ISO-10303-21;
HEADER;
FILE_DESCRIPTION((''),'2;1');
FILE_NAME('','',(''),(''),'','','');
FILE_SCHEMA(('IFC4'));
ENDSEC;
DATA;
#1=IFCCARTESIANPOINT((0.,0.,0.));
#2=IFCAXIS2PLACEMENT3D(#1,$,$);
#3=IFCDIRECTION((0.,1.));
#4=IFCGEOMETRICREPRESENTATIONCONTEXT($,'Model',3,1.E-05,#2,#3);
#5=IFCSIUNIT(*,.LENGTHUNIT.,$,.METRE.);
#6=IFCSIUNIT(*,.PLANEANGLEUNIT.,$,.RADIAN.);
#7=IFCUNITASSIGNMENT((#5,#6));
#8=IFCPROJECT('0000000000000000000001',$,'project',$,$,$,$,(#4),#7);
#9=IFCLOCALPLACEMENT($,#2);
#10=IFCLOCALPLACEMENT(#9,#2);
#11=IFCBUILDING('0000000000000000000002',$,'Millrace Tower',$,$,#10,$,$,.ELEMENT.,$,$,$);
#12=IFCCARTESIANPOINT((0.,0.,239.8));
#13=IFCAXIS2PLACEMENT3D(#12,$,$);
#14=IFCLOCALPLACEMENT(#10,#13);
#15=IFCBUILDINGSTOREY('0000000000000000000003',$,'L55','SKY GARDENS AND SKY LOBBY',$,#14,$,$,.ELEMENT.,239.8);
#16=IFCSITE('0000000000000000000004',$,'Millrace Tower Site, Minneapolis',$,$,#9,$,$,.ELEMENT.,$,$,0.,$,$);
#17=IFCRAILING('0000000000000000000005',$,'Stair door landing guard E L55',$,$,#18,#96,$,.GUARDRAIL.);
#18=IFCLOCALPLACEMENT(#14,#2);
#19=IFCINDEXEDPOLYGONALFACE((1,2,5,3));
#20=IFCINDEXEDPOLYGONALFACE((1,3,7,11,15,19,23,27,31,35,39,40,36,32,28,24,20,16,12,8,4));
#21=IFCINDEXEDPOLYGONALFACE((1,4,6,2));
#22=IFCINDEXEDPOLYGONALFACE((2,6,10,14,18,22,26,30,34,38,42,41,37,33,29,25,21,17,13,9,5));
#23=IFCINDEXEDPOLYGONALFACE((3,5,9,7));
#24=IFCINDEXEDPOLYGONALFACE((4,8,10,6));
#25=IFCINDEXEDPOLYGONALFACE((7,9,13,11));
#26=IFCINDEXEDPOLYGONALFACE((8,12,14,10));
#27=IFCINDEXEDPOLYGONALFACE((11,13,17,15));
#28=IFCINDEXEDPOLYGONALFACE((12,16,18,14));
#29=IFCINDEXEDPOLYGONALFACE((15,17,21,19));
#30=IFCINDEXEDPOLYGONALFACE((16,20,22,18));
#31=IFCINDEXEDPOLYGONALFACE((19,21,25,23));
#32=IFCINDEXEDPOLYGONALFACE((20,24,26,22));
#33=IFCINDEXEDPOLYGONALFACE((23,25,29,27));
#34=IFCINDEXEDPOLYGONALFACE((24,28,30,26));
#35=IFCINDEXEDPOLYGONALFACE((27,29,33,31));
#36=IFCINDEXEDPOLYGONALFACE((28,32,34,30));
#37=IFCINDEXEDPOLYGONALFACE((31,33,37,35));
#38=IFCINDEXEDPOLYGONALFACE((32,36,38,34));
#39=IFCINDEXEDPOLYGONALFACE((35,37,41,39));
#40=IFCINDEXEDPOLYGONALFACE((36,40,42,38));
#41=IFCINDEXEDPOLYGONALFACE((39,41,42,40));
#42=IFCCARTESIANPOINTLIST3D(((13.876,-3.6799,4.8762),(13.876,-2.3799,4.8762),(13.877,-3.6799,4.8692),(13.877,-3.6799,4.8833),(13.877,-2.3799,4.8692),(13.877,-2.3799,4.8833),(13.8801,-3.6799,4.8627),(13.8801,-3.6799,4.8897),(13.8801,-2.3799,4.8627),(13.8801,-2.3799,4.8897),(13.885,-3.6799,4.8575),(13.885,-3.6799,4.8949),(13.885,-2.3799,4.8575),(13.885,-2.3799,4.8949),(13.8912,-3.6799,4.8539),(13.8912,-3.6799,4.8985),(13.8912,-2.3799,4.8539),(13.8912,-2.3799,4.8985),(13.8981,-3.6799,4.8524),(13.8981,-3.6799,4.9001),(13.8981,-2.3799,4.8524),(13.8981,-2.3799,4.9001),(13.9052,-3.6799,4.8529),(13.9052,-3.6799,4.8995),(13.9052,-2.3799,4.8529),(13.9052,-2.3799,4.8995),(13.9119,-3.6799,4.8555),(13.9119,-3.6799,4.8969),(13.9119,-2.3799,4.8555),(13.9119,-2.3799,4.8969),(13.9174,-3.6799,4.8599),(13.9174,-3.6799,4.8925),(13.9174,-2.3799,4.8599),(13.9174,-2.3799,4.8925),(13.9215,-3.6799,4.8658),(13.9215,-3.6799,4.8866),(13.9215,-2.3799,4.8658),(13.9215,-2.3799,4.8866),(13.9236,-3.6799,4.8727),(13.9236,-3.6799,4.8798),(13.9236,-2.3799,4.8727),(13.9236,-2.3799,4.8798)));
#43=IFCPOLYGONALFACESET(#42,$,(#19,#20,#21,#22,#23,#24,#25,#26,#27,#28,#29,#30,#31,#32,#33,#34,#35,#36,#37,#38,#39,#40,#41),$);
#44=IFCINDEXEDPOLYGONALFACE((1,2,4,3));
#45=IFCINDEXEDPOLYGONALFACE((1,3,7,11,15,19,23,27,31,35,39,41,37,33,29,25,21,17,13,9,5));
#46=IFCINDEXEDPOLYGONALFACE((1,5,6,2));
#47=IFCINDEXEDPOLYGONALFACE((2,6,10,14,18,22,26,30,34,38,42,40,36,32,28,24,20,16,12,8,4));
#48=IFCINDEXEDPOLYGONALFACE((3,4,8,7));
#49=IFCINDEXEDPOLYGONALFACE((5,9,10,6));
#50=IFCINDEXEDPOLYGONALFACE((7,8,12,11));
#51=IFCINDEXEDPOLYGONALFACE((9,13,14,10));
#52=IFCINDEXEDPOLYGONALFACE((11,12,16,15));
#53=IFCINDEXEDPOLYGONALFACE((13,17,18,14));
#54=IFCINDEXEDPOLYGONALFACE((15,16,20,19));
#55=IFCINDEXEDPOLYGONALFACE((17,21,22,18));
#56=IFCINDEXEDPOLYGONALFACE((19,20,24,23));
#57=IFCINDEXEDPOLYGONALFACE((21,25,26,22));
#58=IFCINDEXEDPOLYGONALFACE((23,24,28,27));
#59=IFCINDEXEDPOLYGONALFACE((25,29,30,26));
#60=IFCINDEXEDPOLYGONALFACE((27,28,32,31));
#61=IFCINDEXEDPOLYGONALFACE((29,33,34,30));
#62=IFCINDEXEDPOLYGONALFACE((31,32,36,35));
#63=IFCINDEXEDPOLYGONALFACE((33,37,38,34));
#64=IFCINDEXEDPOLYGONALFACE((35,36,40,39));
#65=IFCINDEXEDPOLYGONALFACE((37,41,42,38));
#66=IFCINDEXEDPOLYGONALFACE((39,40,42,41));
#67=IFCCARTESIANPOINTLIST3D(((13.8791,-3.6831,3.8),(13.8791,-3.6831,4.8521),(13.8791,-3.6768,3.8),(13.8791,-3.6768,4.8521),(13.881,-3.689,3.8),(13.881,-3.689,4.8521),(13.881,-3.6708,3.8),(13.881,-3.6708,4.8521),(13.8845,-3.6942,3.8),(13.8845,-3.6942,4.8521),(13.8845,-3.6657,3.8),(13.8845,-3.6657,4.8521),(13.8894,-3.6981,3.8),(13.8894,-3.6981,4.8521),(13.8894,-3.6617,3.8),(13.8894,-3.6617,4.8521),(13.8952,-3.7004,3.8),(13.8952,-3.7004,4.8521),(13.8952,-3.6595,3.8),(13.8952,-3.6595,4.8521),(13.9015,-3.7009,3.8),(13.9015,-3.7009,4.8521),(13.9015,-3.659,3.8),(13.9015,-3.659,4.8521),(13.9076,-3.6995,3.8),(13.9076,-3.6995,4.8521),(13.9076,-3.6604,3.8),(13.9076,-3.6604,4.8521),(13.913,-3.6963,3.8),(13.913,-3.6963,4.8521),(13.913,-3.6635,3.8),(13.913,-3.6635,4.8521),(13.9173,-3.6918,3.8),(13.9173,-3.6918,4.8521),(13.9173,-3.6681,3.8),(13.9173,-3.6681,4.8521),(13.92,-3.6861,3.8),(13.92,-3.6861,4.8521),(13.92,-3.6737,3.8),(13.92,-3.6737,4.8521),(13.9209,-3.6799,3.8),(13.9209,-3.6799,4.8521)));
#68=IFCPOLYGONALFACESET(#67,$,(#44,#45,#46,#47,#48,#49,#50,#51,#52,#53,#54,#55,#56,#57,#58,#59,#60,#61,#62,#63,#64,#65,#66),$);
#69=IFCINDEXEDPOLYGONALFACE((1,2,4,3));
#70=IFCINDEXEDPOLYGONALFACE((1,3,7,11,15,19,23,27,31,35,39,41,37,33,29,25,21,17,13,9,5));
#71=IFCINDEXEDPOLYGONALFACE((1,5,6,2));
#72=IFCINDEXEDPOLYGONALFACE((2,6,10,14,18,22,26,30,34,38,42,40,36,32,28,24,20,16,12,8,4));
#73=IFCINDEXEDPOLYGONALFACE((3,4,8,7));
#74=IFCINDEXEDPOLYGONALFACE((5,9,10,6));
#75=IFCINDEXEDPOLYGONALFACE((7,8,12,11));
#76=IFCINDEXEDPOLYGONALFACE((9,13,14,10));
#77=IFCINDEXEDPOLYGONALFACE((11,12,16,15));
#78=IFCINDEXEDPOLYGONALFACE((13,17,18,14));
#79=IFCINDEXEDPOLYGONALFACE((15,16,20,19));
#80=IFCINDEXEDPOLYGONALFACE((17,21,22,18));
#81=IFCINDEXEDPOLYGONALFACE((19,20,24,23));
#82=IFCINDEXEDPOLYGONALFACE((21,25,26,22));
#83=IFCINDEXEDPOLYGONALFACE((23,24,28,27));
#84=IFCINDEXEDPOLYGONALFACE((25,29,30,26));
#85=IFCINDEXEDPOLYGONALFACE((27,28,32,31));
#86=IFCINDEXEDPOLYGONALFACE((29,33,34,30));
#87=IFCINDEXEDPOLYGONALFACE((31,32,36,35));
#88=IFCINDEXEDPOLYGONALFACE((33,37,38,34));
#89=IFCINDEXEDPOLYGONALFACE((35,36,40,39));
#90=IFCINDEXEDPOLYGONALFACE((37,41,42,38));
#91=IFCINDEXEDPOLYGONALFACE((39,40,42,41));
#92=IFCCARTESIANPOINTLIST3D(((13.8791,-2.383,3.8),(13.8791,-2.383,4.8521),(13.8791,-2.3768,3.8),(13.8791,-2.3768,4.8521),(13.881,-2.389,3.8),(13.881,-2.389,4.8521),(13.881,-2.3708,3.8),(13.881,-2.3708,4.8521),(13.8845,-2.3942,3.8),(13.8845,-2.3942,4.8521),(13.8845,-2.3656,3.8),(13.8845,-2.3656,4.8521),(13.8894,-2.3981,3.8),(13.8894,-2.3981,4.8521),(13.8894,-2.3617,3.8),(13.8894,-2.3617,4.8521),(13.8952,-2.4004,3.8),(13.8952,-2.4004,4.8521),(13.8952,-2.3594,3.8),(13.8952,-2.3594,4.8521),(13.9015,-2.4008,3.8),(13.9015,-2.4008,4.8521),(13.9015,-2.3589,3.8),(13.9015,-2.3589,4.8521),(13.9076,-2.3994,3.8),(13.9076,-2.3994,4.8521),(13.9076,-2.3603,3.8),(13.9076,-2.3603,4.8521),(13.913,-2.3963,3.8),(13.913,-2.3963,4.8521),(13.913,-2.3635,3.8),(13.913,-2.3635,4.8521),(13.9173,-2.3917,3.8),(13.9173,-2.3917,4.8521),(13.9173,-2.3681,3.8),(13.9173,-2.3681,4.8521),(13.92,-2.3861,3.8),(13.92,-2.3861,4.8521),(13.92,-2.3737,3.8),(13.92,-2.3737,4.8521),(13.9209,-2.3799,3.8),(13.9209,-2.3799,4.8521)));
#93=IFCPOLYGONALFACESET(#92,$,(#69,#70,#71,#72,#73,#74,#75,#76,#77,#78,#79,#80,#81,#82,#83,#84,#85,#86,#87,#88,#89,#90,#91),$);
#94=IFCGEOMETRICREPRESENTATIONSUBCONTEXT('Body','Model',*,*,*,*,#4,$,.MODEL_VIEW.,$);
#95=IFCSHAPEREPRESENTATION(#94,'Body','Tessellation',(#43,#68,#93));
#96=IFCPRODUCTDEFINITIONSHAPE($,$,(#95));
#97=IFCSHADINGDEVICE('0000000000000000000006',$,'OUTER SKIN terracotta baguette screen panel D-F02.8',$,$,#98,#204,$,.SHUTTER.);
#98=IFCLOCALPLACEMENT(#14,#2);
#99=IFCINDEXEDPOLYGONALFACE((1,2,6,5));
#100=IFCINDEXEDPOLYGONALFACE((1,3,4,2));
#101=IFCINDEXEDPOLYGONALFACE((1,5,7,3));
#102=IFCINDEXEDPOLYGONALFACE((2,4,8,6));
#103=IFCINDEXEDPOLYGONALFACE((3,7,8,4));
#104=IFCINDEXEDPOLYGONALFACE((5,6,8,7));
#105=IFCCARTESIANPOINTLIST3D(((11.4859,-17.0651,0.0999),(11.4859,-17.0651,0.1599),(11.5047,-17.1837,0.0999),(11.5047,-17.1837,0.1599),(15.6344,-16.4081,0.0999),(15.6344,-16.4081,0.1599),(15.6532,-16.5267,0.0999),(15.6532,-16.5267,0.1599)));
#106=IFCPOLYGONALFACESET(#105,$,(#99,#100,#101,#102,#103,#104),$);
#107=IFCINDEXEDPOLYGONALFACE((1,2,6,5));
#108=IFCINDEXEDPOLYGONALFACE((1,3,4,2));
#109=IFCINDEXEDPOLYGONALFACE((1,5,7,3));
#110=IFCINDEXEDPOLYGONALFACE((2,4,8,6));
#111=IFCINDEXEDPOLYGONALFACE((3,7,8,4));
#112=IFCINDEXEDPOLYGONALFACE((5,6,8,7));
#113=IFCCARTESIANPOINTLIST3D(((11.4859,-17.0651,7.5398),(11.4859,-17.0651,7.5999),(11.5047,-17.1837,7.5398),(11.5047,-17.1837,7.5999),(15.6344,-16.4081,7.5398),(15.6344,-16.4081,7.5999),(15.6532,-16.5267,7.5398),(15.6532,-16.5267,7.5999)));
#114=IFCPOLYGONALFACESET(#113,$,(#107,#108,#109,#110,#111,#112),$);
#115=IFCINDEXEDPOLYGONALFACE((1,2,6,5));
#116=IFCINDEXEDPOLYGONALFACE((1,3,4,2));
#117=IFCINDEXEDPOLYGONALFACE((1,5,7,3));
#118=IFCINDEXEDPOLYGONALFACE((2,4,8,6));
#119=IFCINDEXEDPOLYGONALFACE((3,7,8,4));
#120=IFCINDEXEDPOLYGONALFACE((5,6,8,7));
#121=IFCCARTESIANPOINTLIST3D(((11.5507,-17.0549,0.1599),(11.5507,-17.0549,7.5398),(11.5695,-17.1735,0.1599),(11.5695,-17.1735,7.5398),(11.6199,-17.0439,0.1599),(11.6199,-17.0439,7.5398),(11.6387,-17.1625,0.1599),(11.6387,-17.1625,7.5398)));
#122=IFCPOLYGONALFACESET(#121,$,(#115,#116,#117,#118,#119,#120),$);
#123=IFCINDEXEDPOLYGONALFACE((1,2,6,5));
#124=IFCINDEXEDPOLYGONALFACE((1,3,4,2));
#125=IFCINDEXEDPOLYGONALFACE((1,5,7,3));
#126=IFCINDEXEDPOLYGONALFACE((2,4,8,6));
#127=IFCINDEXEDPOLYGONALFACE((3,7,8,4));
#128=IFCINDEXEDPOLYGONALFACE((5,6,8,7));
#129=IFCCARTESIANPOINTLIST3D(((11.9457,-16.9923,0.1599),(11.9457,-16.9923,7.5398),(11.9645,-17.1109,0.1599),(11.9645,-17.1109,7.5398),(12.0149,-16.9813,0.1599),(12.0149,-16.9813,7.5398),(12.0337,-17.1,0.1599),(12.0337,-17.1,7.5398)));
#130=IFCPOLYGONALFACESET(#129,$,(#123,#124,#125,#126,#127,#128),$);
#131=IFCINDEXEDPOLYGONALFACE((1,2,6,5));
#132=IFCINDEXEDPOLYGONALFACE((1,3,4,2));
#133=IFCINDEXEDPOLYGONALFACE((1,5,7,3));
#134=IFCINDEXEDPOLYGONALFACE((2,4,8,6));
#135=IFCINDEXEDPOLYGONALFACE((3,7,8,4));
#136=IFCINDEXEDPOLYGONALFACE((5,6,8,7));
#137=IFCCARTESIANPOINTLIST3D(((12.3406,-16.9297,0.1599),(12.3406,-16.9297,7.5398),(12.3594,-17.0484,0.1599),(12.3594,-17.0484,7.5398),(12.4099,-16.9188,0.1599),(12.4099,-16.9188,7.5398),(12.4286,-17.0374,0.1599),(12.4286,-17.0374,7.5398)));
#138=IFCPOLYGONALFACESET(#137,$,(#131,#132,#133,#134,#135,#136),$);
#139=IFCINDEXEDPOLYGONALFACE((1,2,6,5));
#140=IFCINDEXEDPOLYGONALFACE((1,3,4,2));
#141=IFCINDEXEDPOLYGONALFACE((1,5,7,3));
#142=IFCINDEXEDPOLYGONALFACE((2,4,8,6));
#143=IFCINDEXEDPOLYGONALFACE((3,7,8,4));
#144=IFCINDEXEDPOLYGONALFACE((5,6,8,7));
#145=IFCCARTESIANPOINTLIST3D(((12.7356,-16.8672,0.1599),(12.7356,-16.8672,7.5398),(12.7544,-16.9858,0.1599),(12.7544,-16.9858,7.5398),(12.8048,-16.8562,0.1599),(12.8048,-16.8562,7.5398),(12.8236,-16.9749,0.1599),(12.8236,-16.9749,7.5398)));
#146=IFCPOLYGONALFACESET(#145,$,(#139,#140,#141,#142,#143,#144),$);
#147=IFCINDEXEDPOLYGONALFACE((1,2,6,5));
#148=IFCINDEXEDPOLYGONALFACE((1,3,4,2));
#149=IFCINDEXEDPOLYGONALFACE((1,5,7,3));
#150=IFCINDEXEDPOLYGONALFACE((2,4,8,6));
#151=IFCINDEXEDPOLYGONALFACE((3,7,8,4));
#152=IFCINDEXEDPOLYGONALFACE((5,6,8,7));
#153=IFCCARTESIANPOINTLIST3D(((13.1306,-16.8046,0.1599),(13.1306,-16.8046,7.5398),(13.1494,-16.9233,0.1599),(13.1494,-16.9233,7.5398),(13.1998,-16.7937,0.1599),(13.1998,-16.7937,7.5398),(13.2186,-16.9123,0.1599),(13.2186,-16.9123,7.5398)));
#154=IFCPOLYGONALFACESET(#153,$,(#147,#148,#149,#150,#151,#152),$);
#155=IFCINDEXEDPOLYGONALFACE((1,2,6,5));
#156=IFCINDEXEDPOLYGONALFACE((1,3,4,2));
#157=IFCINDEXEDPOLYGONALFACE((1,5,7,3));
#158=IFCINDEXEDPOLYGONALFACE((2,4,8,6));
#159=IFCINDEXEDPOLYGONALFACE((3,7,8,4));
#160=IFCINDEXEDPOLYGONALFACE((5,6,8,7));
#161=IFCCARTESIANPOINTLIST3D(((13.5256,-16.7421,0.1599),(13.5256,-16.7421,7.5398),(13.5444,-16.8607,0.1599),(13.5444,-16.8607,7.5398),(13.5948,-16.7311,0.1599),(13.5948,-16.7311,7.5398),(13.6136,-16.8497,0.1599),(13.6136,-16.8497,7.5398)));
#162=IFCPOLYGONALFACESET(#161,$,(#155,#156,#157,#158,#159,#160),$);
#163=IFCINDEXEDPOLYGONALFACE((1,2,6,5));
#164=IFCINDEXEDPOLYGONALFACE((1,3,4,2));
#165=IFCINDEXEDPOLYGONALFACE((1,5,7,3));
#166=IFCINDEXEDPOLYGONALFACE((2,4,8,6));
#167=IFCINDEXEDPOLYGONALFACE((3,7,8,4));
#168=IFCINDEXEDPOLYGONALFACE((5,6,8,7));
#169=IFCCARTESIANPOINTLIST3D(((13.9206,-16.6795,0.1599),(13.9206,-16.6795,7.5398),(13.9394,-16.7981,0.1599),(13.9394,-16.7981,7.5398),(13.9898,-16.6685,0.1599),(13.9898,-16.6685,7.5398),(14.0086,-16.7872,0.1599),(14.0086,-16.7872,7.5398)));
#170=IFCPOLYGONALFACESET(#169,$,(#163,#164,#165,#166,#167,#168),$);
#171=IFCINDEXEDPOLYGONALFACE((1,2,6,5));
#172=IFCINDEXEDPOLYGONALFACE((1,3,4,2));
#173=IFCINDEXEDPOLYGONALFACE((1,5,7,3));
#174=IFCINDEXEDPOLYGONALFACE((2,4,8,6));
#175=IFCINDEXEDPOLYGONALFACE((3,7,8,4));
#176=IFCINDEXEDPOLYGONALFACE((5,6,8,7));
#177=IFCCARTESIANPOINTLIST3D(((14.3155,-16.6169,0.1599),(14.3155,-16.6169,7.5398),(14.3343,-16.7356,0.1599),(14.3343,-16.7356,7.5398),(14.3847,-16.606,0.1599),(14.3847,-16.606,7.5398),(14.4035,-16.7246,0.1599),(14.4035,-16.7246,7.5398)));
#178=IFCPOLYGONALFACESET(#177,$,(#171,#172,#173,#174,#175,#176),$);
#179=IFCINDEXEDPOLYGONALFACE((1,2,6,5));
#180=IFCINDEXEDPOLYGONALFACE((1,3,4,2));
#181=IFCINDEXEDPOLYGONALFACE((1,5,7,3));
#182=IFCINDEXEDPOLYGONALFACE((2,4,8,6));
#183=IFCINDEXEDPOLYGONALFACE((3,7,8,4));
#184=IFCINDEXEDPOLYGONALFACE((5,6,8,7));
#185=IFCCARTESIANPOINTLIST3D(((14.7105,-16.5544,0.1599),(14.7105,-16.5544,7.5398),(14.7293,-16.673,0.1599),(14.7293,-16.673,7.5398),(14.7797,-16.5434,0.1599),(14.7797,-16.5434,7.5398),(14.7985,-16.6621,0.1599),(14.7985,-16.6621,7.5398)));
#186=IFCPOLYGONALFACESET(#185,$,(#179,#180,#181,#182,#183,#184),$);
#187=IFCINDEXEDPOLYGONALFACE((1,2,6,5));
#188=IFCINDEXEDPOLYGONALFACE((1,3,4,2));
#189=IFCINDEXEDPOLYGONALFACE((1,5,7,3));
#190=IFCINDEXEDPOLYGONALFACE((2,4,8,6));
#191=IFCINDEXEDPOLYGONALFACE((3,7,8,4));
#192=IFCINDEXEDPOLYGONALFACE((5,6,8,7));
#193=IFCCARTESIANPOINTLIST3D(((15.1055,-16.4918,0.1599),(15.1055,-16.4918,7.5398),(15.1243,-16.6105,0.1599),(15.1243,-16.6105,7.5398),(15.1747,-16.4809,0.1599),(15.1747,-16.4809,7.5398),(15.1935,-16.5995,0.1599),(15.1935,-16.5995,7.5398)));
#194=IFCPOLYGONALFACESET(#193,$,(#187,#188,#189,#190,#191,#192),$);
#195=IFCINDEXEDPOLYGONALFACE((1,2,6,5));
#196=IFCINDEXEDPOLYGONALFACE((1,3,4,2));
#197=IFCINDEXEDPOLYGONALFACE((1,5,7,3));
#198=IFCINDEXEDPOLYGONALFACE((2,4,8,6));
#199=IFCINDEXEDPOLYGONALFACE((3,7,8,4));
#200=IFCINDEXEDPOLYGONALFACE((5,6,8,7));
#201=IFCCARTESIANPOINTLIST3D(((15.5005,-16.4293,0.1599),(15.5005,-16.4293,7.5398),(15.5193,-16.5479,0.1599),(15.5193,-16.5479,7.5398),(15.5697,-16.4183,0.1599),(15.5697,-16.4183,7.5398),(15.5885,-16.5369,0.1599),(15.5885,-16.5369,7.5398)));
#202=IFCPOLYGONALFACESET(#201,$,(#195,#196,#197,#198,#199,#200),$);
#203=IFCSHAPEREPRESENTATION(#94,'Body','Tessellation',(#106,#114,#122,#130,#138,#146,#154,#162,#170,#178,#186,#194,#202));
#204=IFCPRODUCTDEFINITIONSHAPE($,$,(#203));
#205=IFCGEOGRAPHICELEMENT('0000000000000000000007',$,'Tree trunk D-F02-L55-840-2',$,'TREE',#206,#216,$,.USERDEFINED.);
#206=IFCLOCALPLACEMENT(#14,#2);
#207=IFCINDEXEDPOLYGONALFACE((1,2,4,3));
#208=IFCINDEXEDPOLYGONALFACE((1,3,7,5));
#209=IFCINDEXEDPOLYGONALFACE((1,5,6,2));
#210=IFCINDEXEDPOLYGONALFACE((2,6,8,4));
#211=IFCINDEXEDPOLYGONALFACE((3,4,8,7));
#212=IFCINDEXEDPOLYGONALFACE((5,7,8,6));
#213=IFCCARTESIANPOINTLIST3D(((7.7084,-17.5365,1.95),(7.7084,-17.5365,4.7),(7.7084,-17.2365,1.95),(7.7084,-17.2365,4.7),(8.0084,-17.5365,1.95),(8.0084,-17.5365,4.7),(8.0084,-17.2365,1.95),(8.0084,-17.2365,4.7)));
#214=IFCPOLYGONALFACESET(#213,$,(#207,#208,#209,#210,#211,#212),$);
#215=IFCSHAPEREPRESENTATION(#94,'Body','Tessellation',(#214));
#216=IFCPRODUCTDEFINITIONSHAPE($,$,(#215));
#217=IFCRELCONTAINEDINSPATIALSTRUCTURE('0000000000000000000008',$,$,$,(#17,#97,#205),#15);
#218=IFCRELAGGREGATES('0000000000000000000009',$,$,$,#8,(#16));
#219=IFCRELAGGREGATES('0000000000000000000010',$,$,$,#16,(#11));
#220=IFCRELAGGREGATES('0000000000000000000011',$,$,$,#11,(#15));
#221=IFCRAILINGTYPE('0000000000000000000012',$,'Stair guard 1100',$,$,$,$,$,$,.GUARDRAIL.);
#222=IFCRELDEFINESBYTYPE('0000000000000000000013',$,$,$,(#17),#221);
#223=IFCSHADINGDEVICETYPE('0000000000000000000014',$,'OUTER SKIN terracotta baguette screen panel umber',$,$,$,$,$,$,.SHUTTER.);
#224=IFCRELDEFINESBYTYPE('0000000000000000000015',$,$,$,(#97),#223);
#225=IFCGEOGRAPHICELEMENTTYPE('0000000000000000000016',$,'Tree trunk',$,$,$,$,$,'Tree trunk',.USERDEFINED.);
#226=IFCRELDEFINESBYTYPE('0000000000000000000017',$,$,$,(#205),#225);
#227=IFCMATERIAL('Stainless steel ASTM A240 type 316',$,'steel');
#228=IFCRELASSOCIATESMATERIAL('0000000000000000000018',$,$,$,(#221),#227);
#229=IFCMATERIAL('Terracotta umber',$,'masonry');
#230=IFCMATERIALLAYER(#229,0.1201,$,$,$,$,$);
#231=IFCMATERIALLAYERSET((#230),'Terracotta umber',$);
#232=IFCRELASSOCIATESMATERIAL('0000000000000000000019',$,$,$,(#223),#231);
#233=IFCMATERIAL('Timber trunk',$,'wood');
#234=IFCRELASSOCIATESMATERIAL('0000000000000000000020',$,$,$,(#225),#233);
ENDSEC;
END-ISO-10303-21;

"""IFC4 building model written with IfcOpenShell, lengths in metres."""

from ifc_helpers import new_model, entity, si_unit, direction, frame, frame_2d, origin, origin_2d, place, context, subcontext, project, spatial, rectangle, circle, extrude, source, transform, mapped, material, layer, layer_set, type_object, element, save


model = new_model("IFC4")

# Units and contexts
model_context = context("Model", 3, precision=1e-05, world=origin(), true_north=direction((0.0, 1.0)))
body_context = subcontext(model_context, "Body", "Model", "MODEL_VIEW")
ifc_project = project(units=[si_unit("LENGTHUNIT", "METRE"), si_unit("PLANEANGLEUNIT", "RADIAN")], contexts=[model_context])

# Site, building, storey
site_placement = place(None, origin())
site = spatial("IfcSite", under=ifc_project, at=site_placement, Name="Millrace Tower Site, Minneapolis", CompositionType="ELEMENT", RefElevation=0.0)
building_placement = place(site_placement, origin())
building = spatial("IfcBuilding", under=site, at=building_placement, Name="Millrace Tower", CompositionType="ELEMENT")
storey_placement = place(building_placement, frame((0.0, 0.0, 239.8)))
storey = spatial("IfcBuildingStorey", under=building, at=storey_placement, Name="L55", Description="SKY GARDENS AND SKY LOBBY", CompositionType="ELEMENT", Elevation=239.8)

# Railing
ifc_material_1 = material(Name="Stainless steel ASTM A240 type 316", Category="steel")
railing_type_1 = type_object("IfcRailingType", Name="Stair guard 1100", PredefinedType="GUARDRAIL", material=ifc_material_1)
railing_1_placement = place(storey_placement, frame((13.8999, -3.6799, 3.8)))
element("IfcRailing", 1, at=railing_1_placement, inside=storey, type_object=railing_type_1, Name="Stair door landing guard E L55", PredefinedType="GUARDRAIL", context=body_context, shape_type="SweptSolid", body=[
    extrude(circle(Radius=0.0239, at=origin_2d()), frame((0.0, 0.0, 1.0762), z_axis=(0.0, 1.0, 0.0), x_axis=(-1.0, 0.0, 0.0)), (0.0, 0.0, 1.0), 1.3),
    extrude(circle(Radius=0.021, at=origin_2d()), origin(), (0.0, 0.0, 1.0), 1.052),
    extrude(circle(Radius=0.021, at=origin_2d()), frame((0.0, 1.3, 0.0)), (0.0, 0.0, 1.0), 1.052),
])

# Shading device
ifc_material_2 = material(Name="Terracotta umber", Category="masonry")
ifc_layer_1 = layer(ifc_material_2, 0.1201)
ifc_layer_set_1 = layer_set([ifc_layer_1], Name="Terracotta umber")
shading_device_type = type_object("IfcShadingDeviceType", Name="OUTER SKIN terracotta baguette screen panel umber", PredefinedType="SHUTTER", material=ifc_layer_set_1)
cartesian_point = entity("IfcCartesianPoint", [-2.1001, 0.0601])
shared_polyline = entity("IfcPolyline", [cartesian_point, entity("IfcCartesianPoint", [2.1001, 0.0601]), entity("IfcCartesianPoint", [2.1001, -0.0601]), entity("IfcCartesianPoint", [-2.1001, -0.0601]), cartesian_point])
shared_shape = source(origin(), body_context, "Body", "SweptSolid", [
    entity("IfcExtrudedAreaSolid", entity("IfcArbitraryClosedProfileDef", "AREA", None, shared_polyline), entity("IfcAxis2Placement3D", entity("IfcCartesianPoint", [0.0, 0.0, 0.0])), entity("IfcDirection", [0.0, 0.0, 1.0]), 0.0601),
    entity("IfcExtrudedAreaSolid", entity("IfcArbitraryClosedProfileDef", "AREA", None, shared_polyline), entity("IfcAxis2Placement3D", entity("IfcCartesianPoint", [0.0, 0.0, 7.4399])), entity("IfcDirection", [0.0, 0.0, 1.0]), 0.0601),
    extrude(rectangle(XDim=0.0701, YDim=0.1201, at=frame_2d((-1.9995, 0.0))), frame((0.0, 0.0, 0.0601)), (0.0, 0.0, 1.0), 7.3799),
    extrude(rectangle(XDim=0.0701, YDim=0.1201, at=frame_2d((-1.5996, 0.0))), frame((0.0, 0.0, 0.0601)), (0.0, 0.0, 1.0), 7.3799),
    extrude(rectangle(XDim=0.0701, YDim=0.1201, at=frame_2d((-1.1997, 0.0))), frame((0.0, 0.0, 0.0601)), (0.0, 0.0, 1.0), 7.3799),
    extrude(rectangle(XDim=0.0701, YDim=0.1201, at=frame_2d((-0.7998, 0.0))), frame((0.0, 0.0, 0.0601)), (0.0, 0.0, 1.0), 7.3799),
    extrude(rectangle(XDim=0.0701, YDim=0.1201, at=frame_2d((-0.3999, 0.0))), frame((0.0, 0.0, 0.0601)), (0.0, 0.0, 1.0), 7.3799),
    extrude(rectangle(XDim=0.0701, YDim=0.1201, at=origin_2d()), frame((0.0, 0.0, 0.0601)), (0.0, 0.0, 1.0), 7.3799),
    extrude(rectangle(XDim=0.0701, YDim=0.1201, at=frame_2d((0.3999, 0.0))), frame((0.0, 0.0, 0.0601)), (0.0, 0.0, 1.0), 7.3799),
    extrude(rectangle(XDim=0.0701, YDim=0.1201, at=frame_2d((0.7998, 0.0))), frame((0.0, 0.0, 0.0601)), (0.0, 0.0, 1.0), 7.3799),
    extrude(rectangle(XDim=0.0701, YDim=0.1201, at=frame_2d((1.1997, 0.0))), frame((0.0, 0.0, 0.0601)), (0.0, 0.0, 1.0), 7.3799),
    extrude(rectangle(XDim=0.0701, YDim=0.1201, at=frame_2d((1.5996, 0.0))), frame((0.0, 0.0, 0.0601)), (0.0, 0.0, 1.0), 7.3799),
    extrude(rectangle(XDim=0.0701, YDim=0.1201, at=frame_2d((1.9995, 0.0))), frame((0.0, 0.0, 0.0601)), (0.0, 0.0, 1.0), 7.3799),
])
shading_device_placement = place(storey_placement, frame((13.5696, -16.7959, 0.0999), z_axis=(0.0, 0.0, 1.0), x_axis=(0.987688, 0.156434, 0.0)))
element("IfcShadingDevice", 2, at=shading_device_placement, inside=storey, type_object=shading_device_type, Name="OUTER SKIN terracotta baguette screen panel D-F02.8", PredefinedType="SHUTTER", context=body_context, shape_type="MappedRepresentation", body=[
    mapped(shared_shape, transform((0.0, 0.0, 0.0), scale=1.0)),
])

# Geographic element
ifc_material_3 = material(Name="Timber trunk", Category="wood")
geographic_element_type = type_object("IfcGeographicElementType", Name="Tree trunk", ElementType="Tree trunk", PredefinedType="USERDEFINED", material=ifc_material_3)
geographic_element_placement = place(storey_placement, frame((7.8584, -17.3865, 1.95), z_axis=(0.0, 0.0, 1.0), x_axis=(1.0, 0.0, 0.0)))
element("IfcGeographicElement", 3, at=geographic_element_placement, inside=storey, type_object=geographic_element_type, Name="Tree trunk D-F02-L55-840-2", ObjectType="TREE", PredefinedType="USERDEFINED", context=body_context, shape_type="SweptSolid", body=[
    extrude(rectangle(XDim=0.3, YDim=0.3, at=origin_2d()), origin(), (0.0, 0.0, 1.0), 2.75),
])

save(model, "model.ifc")
